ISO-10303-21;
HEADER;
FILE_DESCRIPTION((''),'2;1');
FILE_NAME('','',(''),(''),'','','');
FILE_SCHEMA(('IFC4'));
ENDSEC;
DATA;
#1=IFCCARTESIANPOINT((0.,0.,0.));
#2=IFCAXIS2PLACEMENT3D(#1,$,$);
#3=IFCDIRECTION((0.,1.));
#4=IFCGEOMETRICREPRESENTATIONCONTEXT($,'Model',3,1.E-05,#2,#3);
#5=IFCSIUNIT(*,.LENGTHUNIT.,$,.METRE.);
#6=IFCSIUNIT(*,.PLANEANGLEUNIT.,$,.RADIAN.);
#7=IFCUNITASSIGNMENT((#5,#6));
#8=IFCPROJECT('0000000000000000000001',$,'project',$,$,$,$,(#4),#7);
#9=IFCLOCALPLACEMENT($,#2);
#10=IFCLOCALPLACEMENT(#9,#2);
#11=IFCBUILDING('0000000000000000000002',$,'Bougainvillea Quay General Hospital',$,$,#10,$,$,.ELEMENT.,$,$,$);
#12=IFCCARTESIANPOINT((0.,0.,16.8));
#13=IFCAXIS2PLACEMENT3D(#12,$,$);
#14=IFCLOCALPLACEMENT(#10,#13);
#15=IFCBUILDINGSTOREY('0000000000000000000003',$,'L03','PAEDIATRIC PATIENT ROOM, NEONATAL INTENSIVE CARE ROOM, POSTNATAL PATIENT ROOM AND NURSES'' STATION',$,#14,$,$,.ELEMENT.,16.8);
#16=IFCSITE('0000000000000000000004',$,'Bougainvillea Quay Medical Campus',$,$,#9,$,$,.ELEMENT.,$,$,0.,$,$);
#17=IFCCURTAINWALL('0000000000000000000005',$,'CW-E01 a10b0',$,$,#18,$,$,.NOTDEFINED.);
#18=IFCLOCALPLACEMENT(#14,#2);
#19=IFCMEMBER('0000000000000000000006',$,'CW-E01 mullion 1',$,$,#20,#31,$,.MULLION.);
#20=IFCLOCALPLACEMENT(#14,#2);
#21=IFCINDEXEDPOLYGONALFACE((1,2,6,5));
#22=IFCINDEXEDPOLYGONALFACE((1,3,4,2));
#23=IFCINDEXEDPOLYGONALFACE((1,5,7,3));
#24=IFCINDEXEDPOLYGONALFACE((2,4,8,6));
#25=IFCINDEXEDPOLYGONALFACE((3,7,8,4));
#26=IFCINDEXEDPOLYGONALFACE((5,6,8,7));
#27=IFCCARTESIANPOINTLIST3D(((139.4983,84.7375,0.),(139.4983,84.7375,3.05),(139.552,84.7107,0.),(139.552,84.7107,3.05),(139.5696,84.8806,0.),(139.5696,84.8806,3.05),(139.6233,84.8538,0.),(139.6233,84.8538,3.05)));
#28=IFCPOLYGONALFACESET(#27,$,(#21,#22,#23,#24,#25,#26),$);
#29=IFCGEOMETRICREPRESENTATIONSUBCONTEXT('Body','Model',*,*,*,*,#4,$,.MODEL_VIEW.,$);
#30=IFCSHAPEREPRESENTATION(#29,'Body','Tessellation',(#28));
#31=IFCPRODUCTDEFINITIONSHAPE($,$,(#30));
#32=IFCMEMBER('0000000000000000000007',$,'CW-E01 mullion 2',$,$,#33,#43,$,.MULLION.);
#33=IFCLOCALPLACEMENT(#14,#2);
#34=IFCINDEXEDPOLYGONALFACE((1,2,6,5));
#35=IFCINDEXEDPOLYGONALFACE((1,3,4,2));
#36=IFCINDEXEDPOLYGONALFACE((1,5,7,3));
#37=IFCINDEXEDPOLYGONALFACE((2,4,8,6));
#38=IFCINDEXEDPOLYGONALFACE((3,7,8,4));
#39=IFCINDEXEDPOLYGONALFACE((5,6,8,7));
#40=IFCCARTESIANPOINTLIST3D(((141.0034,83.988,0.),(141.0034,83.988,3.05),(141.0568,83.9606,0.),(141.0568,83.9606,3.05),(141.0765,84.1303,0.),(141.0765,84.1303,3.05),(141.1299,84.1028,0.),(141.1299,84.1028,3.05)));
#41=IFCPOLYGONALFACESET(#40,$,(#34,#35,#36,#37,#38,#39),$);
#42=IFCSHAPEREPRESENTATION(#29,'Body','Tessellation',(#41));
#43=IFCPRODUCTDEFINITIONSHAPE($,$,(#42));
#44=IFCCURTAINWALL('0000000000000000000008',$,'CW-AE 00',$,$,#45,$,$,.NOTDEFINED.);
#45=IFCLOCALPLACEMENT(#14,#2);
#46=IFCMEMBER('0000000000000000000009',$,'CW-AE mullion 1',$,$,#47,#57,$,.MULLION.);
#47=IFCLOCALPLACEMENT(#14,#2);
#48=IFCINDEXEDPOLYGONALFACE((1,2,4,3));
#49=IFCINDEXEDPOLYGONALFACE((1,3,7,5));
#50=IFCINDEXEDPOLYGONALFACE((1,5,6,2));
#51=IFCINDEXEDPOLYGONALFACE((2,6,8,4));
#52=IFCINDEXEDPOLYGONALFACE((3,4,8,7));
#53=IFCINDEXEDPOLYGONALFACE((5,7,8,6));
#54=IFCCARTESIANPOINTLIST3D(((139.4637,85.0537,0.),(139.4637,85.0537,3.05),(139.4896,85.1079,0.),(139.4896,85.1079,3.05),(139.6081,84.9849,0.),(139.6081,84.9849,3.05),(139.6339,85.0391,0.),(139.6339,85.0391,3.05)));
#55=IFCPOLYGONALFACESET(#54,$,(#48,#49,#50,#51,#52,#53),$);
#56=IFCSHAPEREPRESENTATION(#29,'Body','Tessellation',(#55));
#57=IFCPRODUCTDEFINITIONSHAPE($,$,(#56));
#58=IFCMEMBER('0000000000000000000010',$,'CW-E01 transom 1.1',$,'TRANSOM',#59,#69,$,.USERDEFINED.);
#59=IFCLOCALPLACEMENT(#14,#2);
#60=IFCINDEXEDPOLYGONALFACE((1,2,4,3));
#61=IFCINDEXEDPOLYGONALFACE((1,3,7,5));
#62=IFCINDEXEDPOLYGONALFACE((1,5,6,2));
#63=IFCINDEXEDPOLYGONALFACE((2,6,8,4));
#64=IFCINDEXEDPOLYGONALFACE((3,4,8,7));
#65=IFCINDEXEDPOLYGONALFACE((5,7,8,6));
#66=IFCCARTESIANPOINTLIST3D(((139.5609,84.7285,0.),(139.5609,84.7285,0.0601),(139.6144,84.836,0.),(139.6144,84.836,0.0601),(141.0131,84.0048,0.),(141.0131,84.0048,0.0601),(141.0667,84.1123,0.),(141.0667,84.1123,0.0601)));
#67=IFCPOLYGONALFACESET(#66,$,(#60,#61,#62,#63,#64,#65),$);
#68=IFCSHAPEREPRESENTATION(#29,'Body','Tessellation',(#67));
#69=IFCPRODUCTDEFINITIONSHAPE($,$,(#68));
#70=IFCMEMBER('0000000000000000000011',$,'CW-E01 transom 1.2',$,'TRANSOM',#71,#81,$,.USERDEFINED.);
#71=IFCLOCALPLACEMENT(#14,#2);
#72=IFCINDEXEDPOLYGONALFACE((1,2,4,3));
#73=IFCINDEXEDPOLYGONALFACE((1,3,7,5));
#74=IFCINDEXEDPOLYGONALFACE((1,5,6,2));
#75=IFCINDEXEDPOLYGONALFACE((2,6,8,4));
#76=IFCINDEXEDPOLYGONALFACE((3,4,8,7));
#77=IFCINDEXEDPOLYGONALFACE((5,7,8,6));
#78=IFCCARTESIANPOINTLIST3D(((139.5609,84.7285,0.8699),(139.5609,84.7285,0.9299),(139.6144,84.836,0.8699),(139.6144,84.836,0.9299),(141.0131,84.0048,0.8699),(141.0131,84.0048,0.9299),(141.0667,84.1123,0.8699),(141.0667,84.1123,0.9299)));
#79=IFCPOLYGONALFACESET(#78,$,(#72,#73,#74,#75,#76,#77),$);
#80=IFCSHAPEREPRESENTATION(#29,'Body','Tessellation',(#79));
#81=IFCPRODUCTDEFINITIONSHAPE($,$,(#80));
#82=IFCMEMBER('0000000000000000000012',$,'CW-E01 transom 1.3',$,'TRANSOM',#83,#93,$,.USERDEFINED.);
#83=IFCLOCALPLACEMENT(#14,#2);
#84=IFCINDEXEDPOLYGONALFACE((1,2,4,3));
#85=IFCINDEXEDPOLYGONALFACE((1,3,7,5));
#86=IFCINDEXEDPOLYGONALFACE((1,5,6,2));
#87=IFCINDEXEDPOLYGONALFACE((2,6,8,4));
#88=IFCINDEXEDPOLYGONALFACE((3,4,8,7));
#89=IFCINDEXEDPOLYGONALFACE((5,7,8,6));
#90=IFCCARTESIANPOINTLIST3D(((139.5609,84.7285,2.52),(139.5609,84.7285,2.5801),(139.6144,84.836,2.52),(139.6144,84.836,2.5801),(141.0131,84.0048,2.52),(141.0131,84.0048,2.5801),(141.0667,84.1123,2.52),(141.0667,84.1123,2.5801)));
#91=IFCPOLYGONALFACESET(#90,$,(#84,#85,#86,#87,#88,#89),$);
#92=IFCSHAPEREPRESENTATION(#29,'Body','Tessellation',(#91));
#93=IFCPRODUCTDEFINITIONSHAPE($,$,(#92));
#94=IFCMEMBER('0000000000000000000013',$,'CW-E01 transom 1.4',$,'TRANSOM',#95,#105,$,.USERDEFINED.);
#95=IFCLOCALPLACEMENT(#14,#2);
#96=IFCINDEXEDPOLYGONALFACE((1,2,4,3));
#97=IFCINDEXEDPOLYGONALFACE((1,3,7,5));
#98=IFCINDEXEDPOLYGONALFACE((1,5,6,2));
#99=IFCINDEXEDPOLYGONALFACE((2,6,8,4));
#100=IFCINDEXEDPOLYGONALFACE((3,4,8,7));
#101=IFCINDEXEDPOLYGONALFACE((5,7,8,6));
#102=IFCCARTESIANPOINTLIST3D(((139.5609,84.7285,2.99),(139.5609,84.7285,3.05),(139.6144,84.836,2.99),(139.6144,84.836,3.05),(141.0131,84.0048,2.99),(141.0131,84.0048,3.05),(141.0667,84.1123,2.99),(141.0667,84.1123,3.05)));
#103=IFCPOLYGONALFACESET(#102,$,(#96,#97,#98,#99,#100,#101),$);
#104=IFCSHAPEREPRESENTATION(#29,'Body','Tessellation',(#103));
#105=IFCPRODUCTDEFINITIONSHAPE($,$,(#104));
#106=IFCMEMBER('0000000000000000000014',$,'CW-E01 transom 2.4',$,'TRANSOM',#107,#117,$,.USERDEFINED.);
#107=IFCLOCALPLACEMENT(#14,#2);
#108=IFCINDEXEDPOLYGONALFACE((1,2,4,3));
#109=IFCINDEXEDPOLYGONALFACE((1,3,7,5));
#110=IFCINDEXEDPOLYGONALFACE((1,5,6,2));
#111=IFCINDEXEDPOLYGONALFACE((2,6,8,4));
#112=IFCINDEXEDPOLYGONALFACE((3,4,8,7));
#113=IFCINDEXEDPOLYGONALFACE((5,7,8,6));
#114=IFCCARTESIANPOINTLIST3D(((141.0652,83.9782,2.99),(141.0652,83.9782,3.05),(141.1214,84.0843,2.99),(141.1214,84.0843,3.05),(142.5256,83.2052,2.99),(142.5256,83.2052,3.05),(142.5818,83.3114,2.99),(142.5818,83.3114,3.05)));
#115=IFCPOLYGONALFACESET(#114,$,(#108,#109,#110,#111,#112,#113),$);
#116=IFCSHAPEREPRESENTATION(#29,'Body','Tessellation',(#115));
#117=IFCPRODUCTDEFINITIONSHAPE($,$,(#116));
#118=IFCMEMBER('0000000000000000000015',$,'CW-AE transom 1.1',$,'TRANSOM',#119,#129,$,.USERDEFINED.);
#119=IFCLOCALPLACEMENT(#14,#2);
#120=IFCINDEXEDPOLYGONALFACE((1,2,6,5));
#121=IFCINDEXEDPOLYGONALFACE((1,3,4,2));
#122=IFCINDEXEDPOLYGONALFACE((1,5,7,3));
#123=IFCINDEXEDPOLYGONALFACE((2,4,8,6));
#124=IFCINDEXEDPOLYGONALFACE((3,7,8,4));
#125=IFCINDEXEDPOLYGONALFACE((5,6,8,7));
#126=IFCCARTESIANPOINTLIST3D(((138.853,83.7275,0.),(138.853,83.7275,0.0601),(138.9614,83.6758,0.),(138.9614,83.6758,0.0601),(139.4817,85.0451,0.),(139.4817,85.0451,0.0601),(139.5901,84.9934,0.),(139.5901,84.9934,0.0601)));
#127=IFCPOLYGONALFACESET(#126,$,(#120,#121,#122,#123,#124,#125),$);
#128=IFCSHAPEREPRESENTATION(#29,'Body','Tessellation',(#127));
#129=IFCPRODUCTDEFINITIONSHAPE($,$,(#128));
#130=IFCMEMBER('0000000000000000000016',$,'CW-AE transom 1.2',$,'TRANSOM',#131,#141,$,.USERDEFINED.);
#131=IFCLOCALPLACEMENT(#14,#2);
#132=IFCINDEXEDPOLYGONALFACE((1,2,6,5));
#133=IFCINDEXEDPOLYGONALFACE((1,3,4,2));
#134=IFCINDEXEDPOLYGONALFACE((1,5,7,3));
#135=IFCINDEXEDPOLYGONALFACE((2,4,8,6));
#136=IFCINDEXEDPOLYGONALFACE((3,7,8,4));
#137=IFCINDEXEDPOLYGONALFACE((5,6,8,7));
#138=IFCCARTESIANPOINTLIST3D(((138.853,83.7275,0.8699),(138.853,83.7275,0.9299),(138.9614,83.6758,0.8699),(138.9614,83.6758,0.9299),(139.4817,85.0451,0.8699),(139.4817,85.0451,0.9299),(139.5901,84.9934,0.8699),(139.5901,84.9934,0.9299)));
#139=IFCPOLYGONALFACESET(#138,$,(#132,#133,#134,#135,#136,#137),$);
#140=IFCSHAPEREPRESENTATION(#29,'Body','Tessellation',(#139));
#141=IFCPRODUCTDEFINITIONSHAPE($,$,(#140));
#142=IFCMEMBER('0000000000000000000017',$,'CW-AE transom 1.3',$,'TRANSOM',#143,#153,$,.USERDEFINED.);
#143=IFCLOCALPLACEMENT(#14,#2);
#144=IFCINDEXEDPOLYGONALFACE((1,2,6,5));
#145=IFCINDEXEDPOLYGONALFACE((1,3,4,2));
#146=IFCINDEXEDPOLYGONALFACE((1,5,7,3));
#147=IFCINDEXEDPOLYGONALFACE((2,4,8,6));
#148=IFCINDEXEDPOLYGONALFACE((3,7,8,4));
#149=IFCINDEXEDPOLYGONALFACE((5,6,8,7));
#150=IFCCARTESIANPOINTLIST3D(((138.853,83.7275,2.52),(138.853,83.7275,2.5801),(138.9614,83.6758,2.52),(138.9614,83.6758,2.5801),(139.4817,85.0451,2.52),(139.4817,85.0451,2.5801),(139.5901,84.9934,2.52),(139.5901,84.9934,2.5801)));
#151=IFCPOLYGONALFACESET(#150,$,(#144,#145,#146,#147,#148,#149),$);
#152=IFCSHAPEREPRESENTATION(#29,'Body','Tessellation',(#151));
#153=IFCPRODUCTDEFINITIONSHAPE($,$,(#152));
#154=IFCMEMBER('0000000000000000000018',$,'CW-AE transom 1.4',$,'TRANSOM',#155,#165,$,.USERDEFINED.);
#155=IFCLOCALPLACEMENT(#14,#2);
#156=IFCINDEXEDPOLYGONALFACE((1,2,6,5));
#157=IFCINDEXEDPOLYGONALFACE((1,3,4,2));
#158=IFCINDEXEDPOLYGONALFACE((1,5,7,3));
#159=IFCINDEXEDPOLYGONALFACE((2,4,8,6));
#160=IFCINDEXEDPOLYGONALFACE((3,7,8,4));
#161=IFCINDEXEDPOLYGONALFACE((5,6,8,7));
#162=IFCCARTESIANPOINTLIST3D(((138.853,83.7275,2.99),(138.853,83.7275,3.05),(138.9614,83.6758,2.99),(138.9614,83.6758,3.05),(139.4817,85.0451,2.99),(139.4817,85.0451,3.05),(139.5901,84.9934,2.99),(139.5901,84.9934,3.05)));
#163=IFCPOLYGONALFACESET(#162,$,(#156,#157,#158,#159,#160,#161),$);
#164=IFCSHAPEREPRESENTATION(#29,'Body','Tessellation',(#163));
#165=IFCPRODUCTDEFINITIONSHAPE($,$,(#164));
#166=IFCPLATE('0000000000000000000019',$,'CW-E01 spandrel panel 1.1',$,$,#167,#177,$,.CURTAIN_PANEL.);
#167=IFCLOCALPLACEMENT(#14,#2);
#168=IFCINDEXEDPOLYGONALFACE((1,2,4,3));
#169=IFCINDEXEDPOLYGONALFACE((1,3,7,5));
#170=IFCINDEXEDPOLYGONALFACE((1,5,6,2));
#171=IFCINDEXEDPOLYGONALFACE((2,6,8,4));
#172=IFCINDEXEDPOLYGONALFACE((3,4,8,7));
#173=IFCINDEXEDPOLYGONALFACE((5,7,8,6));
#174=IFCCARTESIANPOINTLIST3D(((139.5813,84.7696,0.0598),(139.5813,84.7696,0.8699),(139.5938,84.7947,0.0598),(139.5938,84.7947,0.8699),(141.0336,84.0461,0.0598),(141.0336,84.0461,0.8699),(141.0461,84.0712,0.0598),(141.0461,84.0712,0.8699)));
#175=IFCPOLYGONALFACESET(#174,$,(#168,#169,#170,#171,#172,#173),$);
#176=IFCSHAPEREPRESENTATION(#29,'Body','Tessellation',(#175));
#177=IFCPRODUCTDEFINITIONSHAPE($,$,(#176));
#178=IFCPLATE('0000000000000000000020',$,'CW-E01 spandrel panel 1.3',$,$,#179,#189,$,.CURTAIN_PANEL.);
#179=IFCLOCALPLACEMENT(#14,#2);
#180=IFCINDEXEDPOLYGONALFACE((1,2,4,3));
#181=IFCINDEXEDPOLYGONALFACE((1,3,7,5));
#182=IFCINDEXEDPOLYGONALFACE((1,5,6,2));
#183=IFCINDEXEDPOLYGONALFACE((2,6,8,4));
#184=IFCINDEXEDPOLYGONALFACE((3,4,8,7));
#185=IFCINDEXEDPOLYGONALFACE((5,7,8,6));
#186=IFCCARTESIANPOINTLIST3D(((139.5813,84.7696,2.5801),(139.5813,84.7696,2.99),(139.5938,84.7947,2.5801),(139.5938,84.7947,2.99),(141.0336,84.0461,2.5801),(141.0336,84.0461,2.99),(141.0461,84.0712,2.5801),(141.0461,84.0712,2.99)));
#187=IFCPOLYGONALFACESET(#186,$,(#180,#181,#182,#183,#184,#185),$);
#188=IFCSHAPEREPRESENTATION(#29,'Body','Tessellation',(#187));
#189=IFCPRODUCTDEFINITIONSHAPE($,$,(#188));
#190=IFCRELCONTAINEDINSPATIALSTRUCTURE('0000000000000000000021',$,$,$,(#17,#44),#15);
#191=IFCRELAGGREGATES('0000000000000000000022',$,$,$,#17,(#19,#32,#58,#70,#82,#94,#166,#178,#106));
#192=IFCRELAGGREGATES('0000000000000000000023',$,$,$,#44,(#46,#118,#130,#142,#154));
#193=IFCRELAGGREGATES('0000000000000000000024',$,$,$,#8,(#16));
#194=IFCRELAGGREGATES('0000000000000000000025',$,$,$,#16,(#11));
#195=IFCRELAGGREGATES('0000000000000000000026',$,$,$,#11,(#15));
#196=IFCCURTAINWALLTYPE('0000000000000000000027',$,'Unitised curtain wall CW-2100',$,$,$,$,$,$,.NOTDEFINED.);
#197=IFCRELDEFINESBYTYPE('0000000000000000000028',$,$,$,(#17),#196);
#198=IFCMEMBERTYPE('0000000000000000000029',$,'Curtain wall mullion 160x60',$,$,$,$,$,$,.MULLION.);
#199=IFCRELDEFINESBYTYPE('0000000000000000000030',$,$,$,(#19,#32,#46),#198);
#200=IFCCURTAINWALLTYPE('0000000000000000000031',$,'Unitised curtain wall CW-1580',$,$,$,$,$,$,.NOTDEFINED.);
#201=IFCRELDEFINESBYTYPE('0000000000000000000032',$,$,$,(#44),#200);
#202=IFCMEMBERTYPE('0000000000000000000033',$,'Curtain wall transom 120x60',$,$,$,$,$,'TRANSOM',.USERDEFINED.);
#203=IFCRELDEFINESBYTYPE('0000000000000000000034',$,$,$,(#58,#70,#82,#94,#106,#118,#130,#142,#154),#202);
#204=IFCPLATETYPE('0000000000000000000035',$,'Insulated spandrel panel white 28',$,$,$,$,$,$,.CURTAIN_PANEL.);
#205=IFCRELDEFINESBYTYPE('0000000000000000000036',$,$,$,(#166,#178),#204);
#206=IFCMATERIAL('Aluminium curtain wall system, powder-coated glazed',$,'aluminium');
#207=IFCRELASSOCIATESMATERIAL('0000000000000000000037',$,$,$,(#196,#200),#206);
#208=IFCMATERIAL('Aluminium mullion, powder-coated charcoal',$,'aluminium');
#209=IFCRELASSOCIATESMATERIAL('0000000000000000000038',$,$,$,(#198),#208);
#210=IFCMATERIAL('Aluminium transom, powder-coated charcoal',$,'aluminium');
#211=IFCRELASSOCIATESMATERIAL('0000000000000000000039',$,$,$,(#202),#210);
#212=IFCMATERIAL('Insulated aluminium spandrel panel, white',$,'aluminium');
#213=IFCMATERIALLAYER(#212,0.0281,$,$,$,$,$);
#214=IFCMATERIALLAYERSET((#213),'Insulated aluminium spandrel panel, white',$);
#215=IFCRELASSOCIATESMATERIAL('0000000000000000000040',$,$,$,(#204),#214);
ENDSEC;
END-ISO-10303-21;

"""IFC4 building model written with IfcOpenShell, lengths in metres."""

from ifc_helpers import new_model, si_unit, direction, frame, origin, origin_2d, place, context, subcontext, project, spatial, rectangle, extrude, material, layer, layer_set, material_profile, profile_set, type_object, element, aggregate, save


model = new_model("IFC4")

# Units and contexts
model_context = context("Model", 3, precision=1e-05, world=origin(), true_north=direction((0.0, 1.0)))
body_context = subcontext(model_context, "Body", "Model", "MODEL_VIEW")
ifc_project = project(units=[si_unit("LENGTHUNIT", "METRE"), si_unit("PLANEANGLEUNIT", "RADIAN")], contexts=[model_context])

# Site, building, storey
site_placement = place(None, origin())
site = spatial("IfcSite", under=ifc_project, at=site_placement, Name="Bougainvillea Quay Medical Campus", CompositionType="ELEMENT", RefElevation=0.0)
building_placement = place(site_placement, origin())
building = spatial("IfcBuilding", under=site, at=building_placement, Name="Bougainvillea Quay General Hospital", CompositionType="ELEMENT")
storey_placement = place(building_placement, frame((0.0, 0.0, 16.8)))
storey = spatial("IfcBuildingStorey", under=building, at=storey_placement, Name="L03", Description="PAEDIATRIC PATIENT ROOM, NEONATAL INTENSIVE CARE ROOM, POSTNATAL PATIENT ROOM AND NURSES' STATION", CompositionType="ELEMENT", Elevation=16.8)

# Curtain wall, members
ifc_material_1 = material(Name="Aluminium curtain wall system, powder-coated glazed", Category="aluminium")
curtain_wall_type_1 = type_object("IfcCurtainWallType", Name="Unitised curtain wall CW-2100", PredefinedType="NOTDEFINED", material=ifc_material_1)
curtain_wall_1_placement = place(storey_placement, origin())
curtain_wall_1 = element("IfcCurtainWall", 1, at=curtain_wall_1_placement, inside=storey, type_object=curtain_wall_type_1, Name="CW-E01 a10b0", PredefinedType="NOTDEFINED")
ifc_material_2 = material(Name="Aluminium mullion, powder-coated charcoal", Category="aluminium")
ifc_material_profile_1 = material_profile(ifc_material_2, rectangle(XDim=0.1599, YDim=0.0601, at=origin_2d()))
ifc_profile_set_1 = profile_set([ifc_material_profile_1], Name="Aluminium mullion, powder-coated charcoal")
member_type_1 = type_object("IfcMemberType", Name="Curtain wall mullion 160x60", PredefinedType="MULLION", material=ifc_profile_set_1)
member_1_placement = place(storey_placement, frame((139.5608, 84.7957, 0.0), z_axis=(0.0, 0.0, 1.0), x_axis=(0.445914, 0.895076, 0.0)))
member_1 = element("IfcMember", 2, at=member_1_placement, type_object=member_type_1, Name="CW-E01 mullion 1", PredefinedType="MULLION", context=body_context, shape_type="SweptSolid", body=[
    extrude(rectangle(XDim=0.1599, YDim=0.0601, at=origin_2d()), origin(), (0.0, 0.0, 1.0), 3.05),
])
member_2_placement = place(storey_placement, frame((141.0667, 84.0454, 0.0), z_axis=(0.0, 0.0, 1.0), x_axis=(0.456868, 0.889535, 0.0)))
member_2 = element("IfcMember", 3, at=member_2_placement, type_object=member_type_1, Name="CW-E01 mullion 2", PredefinedType="MULLION", context=body_context, shape_type="SweptSolid", body=[
    extrude(rectangle(XDim=0.1599, YDim=0.0601, at=origin_2d()), origin(), (0.0, 0.0, 1.0), 3.05),
])

# Curtain wall, member
curtain_wall_type_2 = type_object("IfcCurtainWallType", Name="Unitised curtain wall CW-1580", PredefinedType="NOTDEFINED", material=ifc_material_1)
curtain_wall_2_placement = place(storey_placement, origin())
curtain_wall_2 = element("IfcCurtainWall", 4, at=curtain_wall_2_placement, inside=storey, type_object=curtain_wall_type_2, Name="CW-AE 00", PredefinedType="NOTDEFINED")
member_3_placement = place(storey_placement, frame((139.5488, 85.0464, 0.0), z_axis=(0.0, 0.0, 1.0), x_axis=(0.902578, -0.430525, 0.0)))
member_3 = element("IfcMember", 5, at=member_3_placement, type_object=member_type_1, Name="CW-AE mullion 1", PredefinedType="MULLION", context=body_context, shape_type="SweptSolid", body=[
    extrude(rectangle(XDim=0.1599, YDim=0.0601, at=origin_2d()), origin(), (0.0, 0.0, 1.0), 3.05),
])

# Members
ifc_material_3 = material(Name="Aluminium transom, powder-coated charcoal", Category="aluminium")
ifc_material_profile_2 = material_profile(ifc_material_3, rectangle(XDim=0.1201, YDim=0.0601, at=origin_2d()))
ifc_profile_set_2 = profile_set([ifc_material_profile_2], Name="Aluminium transom, powder-coated charcoal")
member_type_2 = type_object("IfcMemberType", Name="Curtain wall transom 120x60", ElementType="TRANSOM", PredefinedType="USERDEFINED", material=ifc_profile_set_2)
member_4_placement = place(storey_placement, frame((139.5876, 84.7822, 0.03), z_axis=(0.895028, -0.446009, 0.0), x_axis=(0.446009, 0.895028, 0.0)))
member_4 = element("IfcMember", 6, at=member_4_placement, type_object=member_type_2, Name="CW-E01 transom 1.1", ObjectType="TRANSOM", PredefinedType="USERDEFINED", context=body_context, shape_type="SweptSolid", body=[
    extrude(rectangle(XDim=0.1201, YDim=0.0601, at=origin_2d()), origin(), (0.0, 0.0, 1.0), 1.6226),
])
member_5_placement = place(storey_placement, frame((139.5876, 84.7822, 0.8999), z_axis=(0.895028, -0.446009, 0.0), x_axis=(0.446009, 0.895028, 0.0)))
member_5 = element("IfcMember", 7, at=member_5_placement, type_object=member_type_2, Name="CW-E01 transom 1.2", ObjectType="TRANSOM", PredefinedType="USERDEFINED", context=body_context, shape_type="SweptSolid", body=[
    extrude(rectangle(XDim=0.1201, YDim=0.0601, at=origin_2d()), origin(), (0.0, 0.0, 1.0), 1.6226),
])
member_6_placement = place(storey_placement, frame((139.5876, 84.7822, 2.55), z_axis=(0.895028, -0.446009, 0.0), x_axis=(0.446009, 0.895028, 0.0)))
member_6 = element("IfcMember", 8, at=member_6_placement, type_object=member_type_2, Name="CW-E01 transom 1.3", ObjectType="TRANSOM", PredefinedType="USERDEFINED", context=body_context, shape_type="SweptSolid", body=[
    extrude(rectangle(XDim=0.1201, YDim=0.0601, at=origin_2d()), origin(), (0.0, 0.0, 1.0), 1.6226),
])
member_7_placement = place(storey_placement, frame((139.5876, 84.7822, 3.02), z_axis=(0.895028, -0.446009, 0.0), x_axis=(0.446009, 0.895028, 0.0)))
member_7 = element("IfcMember", 9, at=member_7_placement, type_object=member_type_2, Name="CW-E01 transom 1.4", ObjectType="TRANSOM", PredefinedType="USERDEFINED", context=body_context, shape_type="SweptSolid", body=[
    extrude(rectangle(XDim=0.1201, YDim=0.0601, at=origin_2d()), origin(), (0.0, 0.0, 1.0), 1.6226),
])
member_8_placement = place(storey_placement, frame((141.0933, 84.0312, 3.02), z_axis=(0.883845, -0.467779, 0.0), x_axis=(0.467779, 0.883845, 0.0)))
member_8 = element("IfcMember", 10, at=member_8_placement, type_object=member_type_2, Name="CW-E01 transom 2.4", ObjectType="TRANSOM", PredefinedType="USERDEFINED", context=body_context, shape_type="SweptSolid", body=[
    extrude(rectangle(XDim=0.1201, YDim=0.0601, at=origin_2d()), origin(), (0.0, 0.0, 1.0), 1.6523),
])
member_9_placement = place(storey_placement, frame((139.5359, 85.0193, 0.03), z_axis=(-0.430615, -0.902536, 0.0), x_axis=(0.902536, -0.430615, 0.0)))
member_9 = element("IfcMember", 11, at=member_9_placement, type_object=member_type_2, Name="CW-AE transom 1.1", ObjectType="TRANSOM", PredefinedType="USERDEFINED", context=body_context, shape_type="SweptSolid", body=[
    extrude(rectangle(XDim=0.1201, YDim=0.0601, at=origin_2d()), origin(), (0.0, 0.0, 1.0), 1.46),
])
member_10_placement = place(storey_placement, frame((139.5359, 85.0193, 0.8999), z_axis=(-0.430615, -0.902536, 0.0), x_axis=(0.902536, -0.430615, 0.0)))
member_10 = element("IfcMember", 12, at=member_10_placement, type_object=member_type_2, Name="CW-AE transom 1.2", ObjectType="TRANSOM", PredefinedType="USERDEFINED", context=body_context, shape_type="SweptSolid", body=[
    extrude(rectangle(XDim=0.1201, YDim=0.0601, at=origin_2d()), origin(), (0.0, 0.0, 1.0), 1.46),
])
member_11_placement = place(storey_placement, frame((139.5359, 85.0193, 2.55), z_axis=(-0.430615, -0.902536, 0.0), x_axis=(0.902536, -0.430615, 0.0)))
member_11 = element("IfcMember", 13, at=member_11_placement, type_object=member_type_2, Name="CW-AE transom 1.3", ObjectType="TRANSOM", PredefinedType="USERDEFINED", context=body_context, shape_type="SweptSolid", body=[
    extrude(rectangle(XDim=0.1201, YDim=0.0601, at=origin_2d()), origin(), (0.0, 0.0, 1.0), 1.46),
])
member_12_placement = place(storey_placement, frame((139.5359, 85.0193, 3.02), z_axis=(-0.430615, -0.902536, 0.0), x_axis=(0.902536, -0.430615, 0.0)))
member_12 = element("IfcMember", 14, at=member_12_placement, type_object=member_type_2, Name="CW-AE transom 1.4", ObjectType="TRANSOM", PredefinedType="USERDEFINED", context=body_context, shape_type="SweptSolid", body=[
    extrude(rectangle(XDim=0.1201, YDim=0.0601, at=origin_2d()), origin(), (0.0, 0.0, 1.0), 1.46),
])

# Plates
ifc_material_4 = material(Name="Insulated aluminium spandrel panel, white", Category="aluminium")
ifc_layer_1 = layer(ifc_material_4, 0.0281)
ifc_layer_set_1 = layer_set([ifc_layer_1], Name="Insulated aluminium spandrel panel, white")
plate_type_1 = type_object("IfcPlateType", Name="Insulated spandrel panel white 28", PredefinedType="CURTAIN_PANEL", material=ifc_layer_set_1)
plate_1_placement = place(storey_placement, frame((140.3137, 84.4204, 0.0598), z_axis=(0.0, 0.0, 1.0), x_axis=(0.895076, -0.445914, 0.0)))
plate_1 = element("IfcPlate", 15, at=plate_1_placement, type_object=plate_type_1, Name="CW-E01 spandrel panel 1.1", PredefinedType="CURTAIN_PANEL", context=body_context, shape_type="SweptSolid", body=[
    extrude(rectangle(XDim=1.6226, YDim=0.0281, at=origin_2d()), origin(), (0.0, 0.0, 1.0), 0.8101),
])
plate_2_placement = place(storey_placement, frame((140.3137, 84.4204, 2.5801), z_axis=(0.0, 0.0, 1.0), x_axis=(0.895076, -0.445914, 0.0)))
plate_2 = element("IfcPlate", 16, at=plate_2_placement, type_object=plate_type_1, Name="CW-E01 spandrel panel 1.3", PredefinedType="CURTAIN_PANEL", context=body_context, shape_type="SweptSolid", body=[
    extrude(rectangle(XDim=1.6226, YDim=0.0281, at=origin_2d()), origin(), (0.0, 0.0, 1.0), 0.4099),
])
aggregate(curtain_wall_1, [member_1, member_2, member_4, member_5, member_6, member_7, plate_1, plate_2, member_8])
aggregate(curtain_wall_2, [member_3, member_9, member_10, member_11, member_12])

save(model, "model.ifc")
